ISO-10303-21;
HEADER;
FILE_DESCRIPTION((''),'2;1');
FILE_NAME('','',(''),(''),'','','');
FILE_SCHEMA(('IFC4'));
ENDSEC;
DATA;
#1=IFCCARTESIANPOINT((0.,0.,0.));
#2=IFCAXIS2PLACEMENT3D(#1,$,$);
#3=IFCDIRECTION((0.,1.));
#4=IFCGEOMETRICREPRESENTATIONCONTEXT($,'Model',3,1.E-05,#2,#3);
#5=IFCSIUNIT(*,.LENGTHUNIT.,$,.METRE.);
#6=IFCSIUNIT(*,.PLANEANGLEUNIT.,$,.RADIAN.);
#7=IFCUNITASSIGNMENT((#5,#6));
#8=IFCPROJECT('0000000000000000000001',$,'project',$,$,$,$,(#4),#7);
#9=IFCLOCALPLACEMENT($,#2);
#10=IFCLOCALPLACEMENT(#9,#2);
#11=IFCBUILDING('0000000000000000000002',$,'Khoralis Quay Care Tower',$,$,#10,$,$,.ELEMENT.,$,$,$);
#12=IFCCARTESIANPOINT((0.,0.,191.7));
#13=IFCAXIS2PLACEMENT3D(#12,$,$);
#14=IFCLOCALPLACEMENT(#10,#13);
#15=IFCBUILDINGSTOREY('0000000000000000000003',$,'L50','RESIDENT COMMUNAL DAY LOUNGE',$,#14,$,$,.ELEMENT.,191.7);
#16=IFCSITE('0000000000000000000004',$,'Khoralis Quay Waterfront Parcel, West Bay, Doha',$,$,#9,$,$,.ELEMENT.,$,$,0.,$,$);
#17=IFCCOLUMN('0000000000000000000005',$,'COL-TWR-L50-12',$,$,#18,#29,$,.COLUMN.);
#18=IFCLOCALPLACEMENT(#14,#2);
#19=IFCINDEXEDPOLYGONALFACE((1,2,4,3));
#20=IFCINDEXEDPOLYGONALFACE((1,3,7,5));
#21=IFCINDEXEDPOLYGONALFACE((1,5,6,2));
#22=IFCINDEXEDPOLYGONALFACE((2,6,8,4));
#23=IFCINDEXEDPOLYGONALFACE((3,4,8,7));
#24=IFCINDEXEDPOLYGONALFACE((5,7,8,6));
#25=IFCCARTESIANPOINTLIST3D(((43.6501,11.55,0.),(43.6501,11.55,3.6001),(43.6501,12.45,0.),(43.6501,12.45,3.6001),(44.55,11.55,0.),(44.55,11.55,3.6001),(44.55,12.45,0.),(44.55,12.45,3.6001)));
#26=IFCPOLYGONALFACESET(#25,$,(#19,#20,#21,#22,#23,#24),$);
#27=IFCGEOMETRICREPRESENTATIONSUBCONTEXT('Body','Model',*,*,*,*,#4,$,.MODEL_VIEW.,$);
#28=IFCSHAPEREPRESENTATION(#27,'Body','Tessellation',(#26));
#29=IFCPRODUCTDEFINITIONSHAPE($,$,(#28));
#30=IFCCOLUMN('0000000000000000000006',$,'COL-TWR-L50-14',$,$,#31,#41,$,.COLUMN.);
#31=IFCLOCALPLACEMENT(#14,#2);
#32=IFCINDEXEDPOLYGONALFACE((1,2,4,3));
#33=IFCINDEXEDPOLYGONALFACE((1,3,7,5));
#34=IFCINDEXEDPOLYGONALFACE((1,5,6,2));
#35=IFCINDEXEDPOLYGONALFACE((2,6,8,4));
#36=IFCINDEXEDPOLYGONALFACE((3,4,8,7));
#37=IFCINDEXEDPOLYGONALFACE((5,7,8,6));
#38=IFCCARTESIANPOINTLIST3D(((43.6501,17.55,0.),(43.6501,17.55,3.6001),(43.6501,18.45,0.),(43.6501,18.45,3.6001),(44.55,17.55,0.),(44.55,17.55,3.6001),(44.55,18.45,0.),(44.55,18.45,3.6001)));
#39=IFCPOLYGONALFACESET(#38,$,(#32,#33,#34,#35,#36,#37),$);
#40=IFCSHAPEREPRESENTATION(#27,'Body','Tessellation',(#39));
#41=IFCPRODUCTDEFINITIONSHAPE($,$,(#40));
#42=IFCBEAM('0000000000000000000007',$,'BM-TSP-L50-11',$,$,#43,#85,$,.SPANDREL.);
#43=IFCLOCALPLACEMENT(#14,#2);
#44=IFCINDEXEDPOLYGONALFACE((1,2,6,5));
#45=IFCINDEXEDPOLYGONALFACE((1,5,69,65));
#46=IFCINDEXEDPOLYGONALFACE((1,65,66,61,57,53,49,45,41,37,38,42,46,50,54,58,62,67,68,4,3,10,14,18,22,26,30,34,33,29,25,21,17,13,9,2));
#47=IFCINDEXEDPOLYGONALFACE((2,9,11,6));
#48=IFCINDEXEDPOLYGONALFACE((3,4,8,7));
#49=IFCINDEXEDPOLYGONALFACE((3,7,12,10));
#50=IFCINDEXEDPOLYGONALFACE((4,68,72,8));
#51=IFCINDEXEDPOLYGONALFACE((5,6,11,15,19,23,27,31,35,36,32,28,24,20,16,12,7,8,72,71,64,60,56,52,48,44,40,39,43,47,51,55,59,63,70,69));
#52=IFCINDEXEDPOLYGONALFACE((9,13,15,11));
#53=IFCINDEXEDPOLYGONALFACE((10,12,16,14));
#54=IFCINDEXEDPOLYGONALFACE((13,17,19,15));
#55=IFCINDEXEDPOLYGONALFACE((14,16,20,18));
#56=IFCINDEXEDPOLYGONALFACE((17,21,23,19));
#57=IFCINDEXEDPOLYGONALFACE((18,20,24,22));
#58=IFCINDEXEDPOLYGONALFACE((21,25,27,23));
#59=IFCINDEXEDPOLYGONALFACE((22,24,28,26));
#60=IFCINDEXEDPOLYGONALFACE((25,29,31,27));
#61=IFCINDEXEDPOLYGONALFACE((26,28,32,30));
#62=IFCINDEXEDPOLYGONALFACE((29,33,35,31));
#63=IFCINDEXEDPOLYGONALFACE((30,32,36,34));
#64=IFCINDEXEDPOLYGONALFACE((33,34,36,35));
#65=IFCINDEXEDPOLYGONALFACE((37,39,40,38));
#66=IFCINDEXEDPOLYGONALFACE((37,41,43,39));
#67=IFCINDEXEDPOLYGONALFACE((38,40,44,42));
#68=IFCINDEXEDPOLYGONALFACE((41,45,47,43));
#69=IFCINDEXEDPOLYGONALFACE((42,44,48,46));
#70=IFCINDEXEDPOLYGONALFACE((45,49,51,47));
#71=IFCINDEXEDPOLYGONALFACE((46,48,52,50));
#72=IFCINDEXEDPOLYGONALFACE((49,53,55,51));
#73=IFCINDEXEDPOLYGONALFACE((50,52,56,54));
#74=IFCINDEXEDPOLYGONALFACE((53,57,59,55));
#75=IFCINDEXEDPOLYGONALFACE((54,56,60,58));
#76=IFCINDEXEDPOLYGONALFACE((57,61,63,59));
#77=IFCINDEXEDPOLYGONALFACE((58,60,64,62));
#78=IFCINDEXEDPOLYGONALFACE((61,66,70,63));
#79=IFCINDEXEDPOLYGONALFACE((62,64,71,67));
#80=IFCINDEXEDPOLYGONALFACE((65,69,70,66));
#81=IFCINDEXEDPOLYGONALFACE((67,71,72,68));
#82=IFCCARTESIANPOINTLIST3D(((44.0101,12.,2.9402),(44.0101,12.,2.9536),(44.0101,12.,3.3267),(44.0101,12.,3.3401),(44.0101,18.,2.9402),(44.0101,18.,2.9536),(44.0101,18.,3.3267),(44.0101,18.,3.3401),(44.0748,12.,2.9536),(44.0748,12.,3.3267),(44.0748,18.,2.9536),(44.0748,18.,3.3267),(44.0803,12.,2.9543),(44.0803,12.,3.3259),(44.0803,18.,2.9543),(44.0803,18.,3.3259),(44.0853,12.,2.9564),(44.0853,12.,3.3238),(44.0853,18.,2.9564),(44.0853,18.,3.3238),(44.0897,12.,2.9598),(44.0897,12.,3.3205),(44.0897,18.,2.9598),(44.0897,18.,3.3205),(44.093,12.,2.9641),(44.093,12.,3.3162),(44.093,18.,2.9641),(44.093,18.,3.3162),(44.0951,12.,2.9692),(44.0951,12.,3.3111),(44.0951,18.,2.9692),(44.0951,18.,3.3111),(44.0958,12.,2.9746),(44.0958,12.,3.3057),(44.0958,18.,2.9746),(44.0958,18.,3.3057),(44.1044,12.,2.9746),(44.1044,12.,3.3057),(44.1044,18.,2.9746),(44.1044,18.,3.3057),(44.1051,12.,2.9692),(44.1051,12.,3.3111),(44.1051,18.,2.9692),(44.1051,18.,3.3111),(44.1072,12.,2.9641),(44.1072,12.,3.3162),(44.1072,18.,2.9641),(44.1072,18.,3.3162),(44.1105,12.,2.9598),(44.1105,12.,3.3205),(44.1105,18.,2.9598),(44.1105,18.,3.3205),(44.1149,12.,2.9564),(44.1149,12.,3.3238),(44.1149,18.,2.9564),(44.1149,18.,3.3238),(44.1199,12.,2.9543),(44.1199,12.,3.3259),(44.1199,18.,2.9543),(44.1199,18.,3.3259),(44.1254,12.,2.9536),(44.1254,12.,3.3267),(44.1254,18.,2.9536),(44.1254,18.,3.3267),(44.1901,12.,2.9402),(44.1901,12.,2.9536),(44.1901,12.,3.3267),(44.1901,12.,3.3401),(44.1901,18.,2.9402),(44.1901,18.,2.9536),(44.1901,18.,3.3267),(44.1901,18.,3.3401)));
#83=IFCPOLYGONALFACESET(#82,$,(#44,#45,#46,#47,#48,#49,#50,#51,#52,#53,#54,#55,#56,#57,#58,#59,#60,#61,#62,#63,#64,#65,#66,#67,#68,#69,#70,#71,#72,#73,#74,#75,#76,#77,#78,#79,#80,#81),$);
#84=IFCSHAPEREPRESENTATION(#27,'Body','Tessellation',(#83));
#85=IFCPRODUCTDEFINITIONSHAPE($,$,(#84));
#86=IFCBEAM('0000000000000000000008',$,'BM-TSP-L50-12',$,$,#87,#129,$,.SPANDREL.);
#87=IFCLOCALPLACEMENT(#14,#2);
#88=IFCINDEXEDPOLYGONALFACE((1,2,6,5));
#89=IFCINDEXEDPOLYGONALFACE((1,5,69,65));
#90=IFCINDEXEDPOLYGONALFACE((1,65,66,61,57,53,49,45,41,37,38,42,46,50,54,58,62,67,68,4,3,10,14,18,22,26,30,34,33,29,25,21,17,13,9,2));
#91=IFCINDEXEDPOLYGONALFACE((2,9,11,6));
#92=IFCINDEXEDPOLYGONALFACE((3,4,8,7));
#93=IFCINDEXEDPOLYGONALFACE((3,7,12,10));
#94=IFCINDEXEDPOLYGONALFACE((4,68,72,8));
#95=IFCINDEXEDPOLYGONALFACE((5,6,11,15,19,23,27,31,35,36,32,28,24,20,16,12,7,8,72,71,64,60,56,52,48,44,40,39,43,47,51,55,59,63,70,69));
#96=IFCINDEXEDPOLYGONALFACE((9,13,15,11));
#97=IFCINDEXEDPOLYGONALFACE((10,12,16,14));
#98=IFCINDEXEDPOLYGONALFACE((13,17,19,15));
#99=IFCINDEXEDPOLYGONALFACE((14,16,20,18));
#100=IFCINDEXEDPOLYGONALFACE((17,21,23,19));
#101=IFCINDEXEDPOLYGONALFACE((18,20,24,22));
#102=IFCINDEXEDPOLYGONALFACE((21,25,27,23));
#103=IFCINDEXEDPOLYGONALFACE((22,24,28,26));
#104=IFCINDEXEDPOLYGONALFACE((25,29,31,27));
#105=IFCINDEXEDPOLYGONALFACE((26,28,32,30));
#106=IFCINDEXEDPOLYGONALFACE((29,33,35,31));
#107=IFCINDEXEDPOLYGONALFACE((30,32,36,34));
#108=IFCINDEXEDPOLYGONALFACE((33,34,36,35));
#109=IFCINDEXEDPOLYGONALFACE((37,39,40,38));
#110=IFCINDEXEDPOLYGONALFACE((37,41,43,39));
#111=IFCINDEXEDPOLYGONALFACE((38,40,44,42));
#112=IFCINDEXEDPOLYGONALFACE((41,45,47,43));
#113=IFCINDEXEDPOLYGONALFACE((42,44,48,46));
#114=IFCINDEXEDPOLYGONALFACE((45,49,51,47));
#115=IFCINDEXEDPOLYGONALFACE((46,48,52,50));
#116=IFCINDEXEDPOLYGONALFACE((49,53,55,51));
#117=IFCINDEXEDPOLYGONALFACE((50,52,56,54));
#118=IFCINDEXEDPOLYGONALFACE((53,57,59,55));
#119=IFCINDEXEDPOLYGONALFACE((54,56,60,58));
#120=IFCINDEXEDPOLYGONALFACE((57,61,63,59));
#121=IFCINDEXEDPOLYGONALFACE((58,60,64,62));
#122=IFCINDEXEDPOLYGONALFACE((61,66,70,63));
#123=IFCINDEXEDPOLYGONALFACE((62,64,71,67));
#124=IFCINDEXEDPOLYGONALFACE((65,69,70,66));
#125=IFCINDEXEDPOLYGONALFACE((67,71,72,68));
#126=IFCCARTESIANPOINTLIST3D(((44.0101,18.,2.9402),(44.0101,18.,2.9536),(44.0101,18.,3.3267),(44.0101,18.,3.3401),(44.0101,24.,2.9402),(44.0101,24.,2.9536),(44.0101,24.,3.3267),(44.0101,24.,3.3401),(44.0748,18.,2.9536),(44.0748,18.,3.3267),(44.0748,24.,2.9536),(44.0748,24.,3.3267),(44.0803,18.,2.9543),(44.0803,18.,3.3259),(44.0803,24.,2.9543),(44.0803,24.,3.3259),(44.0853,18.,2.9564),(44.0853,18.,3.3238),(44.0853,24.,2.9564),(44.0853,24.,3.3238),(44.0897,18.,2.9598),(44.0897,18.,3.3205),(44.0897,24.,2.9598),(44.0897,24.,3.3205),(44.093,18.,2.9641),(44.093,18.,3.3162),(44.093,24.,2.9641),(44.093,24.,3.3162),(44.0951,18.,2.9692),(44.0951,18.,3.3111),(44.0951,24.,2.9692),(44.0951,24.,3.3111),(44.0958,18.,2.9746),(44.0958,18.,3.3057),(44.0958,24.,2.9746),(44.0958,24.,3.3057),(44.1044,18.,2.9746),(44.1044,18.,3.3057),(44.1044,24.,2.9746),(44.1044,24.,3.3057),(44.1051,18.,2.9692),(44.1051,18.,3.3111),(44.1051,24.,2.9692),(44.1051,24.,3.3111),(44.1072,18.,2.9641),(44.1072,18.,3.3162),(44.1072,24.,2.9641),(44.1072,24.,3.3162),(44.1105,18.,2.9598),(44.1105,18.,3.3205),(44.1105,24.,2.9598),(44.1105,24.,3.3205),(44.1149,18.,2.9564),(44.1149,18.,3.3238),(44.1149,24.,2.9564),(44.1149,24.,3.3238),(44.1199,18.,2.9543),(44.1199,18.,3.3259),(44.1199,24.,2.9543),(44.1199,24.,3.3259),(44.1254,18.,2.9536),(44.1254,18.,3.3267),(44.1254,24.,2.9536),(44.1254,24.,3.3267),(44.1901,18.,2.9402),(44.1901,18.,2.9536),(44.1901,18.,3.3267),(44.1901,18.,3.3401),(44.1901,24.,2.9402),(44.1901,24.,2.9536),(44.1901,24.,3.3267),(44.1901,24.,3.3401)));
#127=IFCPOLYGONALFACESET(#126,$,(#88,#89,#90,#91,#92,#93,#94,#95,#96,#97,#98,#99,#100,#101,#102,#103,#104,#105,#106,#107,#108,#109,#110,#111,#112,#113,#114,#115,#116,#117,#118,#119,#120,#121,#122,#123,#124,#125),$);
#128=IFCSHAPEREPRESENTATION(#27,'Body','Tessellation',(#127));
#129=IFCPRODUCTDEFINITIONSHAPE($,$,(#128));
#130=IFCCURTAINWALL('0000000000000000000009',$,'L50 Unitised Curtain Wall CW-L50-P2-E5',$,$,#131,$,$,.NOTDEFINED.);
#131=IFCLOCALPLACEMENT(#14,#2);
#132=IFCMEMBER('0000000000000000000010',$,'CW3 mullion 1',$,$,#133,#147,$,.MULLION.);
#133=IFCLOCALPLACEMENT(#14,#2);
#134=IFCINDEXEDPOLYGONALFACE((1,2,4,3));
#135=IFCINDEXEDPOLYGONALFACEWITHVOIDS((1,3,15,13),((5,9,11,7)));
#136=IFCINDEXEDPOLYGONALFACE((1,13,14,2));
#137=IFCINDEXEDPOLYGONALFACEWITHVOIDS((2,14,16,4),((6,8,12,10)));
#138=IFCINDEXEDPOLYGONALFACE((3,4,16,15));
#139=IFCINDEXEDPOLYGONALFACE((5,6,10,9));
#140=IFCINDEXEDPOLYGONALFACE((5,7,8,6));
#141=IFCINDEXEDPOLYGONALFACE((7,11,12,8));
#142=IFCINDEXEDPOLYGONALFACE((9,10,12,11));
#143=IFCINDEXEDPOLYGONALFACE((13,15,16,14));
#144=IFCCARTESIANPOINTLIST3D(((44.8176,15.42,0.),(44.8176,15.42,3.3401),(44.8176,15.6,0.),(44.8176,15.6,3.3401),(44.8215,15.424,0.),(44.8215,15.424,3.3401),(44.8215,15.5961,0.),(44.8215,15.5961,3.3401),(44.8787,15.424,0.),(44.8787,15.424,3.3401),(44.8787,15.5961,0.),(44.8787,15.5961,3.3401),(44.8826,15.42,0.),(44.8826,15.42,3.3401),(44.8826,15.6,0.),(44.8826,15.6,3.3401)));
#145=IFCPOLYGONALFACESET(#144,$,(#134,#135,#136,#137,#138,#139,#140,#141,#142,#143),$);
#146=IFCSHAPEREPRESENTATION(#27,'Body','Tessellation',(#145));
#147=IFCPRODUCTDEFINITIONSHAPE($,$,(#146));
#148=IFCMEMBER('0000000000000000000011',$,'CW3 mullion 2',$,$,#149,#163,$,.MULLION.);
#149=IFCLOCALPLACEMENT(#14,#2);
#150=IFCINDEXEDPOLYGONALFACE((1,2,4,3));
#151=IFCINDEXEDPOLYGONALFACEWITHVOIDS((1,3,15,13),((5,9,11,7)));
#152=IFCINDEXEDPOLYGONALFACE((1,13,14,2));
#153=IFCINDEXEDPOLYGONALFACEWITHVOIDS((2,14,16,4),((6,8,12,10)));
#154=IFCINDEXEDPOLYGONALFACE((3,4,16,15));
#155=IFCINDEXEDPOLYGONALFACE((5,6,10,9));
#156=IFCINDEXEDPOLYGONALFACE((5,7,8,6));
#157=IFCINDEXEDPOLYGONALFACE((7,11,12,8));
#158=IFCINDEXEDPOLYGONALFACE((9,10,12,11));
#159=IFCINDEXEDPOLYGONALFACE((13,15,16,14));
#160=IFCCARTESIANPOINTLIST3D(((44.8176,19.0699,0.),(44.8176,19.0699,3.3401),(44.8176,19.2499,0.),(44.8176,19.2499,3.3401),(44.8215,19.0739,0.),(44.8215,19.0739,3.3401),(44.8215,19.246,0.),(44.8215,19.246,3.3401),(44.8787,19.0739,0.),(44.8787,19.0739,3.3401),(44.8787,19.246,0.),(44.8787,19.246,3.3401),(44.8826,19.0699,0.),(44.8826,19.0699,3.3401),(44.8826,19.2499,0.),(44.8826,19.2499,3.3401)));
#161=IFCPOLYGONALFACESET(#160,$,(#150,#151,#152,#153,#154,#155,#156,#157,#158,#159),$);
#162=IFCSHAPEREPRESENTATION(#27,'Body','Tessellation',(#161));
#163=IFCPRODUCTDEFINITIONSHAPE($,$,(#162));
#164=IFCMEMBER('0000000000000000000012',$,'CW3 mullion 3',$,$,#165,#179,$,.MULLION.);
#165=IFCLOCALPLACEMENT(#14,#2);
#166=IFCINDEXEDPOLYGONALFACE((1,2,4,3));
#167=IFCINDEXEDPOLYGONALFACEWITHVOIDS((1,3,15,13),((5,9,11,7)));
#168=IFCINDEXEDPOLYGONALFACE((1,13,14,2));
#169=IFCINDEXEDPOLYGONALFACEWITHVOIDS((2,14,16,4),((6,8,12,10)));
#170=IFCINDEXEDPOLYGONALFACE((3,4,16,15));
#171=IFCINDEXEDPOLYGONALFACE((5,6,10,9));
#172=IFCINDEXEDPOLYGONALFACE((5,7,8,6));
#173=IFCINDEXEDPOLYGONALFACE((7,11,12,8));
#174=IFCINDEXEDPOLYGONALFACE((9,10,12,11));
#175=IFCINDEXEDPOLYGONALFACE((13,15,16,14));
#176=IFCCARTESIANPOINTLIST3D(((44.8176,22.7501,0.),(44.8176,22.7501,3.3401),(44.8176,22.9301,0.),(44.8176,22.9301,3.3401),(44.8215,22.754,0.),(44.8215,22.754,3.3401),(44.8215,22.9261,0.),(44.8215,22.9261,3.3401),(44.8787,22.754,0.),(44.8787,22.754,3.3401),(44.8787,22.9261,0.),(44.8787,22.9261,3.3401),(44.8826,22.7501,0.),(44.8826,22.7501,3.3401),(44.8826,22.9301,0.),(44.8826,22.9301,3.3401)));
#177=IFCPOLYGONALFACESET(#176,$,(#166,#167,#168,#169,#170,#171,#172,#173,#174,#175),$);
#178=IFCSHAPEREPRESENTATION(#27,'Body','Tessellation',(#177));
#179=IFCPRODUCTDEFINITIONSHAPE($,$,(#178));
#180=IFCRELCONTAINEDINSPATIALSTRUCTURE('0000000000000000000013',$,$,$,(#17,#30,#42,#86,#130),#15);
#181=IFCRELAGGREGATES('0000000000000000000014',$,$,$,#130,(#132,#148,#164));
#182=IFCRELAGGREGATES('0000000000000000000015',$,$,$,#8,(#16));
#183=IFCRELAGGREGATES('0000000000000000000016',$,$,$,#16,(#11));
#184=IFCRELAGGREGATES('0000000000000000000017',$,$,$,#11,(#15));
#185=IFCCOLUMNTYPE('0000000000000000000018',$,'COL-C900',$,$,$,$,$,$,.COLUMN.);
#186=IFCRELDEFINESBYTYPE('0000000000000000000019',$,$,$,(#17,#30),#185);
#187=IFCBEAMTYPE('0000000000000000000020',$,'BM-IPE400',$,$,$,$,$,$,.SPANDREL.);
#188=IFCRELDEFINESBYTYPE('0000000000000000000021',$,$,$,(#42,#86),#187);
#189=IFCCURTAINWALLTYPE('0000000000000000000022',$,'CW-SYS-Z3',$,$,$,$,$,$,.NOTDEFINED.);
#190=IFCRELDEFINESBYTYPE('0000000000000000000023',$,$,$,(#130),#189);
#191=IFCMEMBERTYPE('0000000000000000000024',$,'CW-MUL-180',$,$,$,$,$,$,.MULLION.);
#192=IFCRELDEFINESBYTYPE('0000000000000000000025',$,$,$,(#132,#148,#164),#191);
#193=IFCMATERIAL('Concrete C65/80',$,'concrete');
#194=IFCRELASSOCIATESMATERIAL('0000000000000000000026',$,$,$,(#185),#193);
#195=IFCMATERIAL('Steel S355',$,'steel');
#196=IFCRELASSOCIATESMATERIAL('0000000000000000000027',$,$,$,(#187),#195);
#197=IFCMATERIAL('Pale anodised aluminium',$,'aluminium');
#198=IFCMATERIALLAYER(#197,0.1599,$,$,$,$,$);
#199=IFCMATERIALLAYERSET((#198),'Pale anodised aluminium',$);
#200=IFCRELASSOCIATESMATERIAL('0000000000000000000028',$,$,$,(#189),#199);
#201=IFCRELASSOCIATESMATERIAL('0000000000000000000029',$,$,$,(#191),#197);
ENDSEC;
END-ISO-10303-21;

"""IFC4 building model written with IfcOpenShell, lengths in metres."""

from ifc_helpers import new_model, si_unit, direction, frame, origin, origin_2d, place, context, subcontext, project, spatial, rectangle, hollow_rectangle, i_section, extrude, source, transform, mapped, material, layer, layer_set, material_profile, profile_set, type_object, element, aggregate, save


model = new_model("IFC4")

# Units and contexts
model_context = context("Model", 3, precision=1e-05, world=origin(), true_north=direction((0.0, 1.0)))
body_context = subcontext(model_context, "Body", "Model", "MODEL_VIEW")
ifc_project = project(units=[si_unit("LENGTHUNIT", "METRE"), si_unit("PLANEANGLEUNIT", "RADIAN")], contexts=[model_context])

# Site, building, storey
site_placement = place(None, origin())
site = spatial("IfcSite", under=ifc_project, at=site_placement, Name="Khoralis Quay Waterfront Parcel, West Bay, Doha", CompositionType="ELEMENT", RefElevation=0.0)
building_placement = place(site_placement, origin())
building = spatial("IfcBuilding", under=site, at=building_placement, Name="Khoralis Quay Care Tower", CompositionType="ELEMENT")
storey_placement = place(building_placement, frame((0.0, 0.0, 191.7)))
storey = spatial("IfcBuildingStorey", under=building, at=storey_placement, Name="L50", Description="RESIDENT COMMUNAL DAY LOUNGE", CompositionType="ELEMENT", Elevation=191.7)

# Columns
ifc_material_1 = material(Name="Concrete C65/80", Category="concrete")
ifc_material_profile_1 = material_profile(ifc_material_1, rectangle(XDim=0.8999, YDim=0.8999, at=origin_2d()), Name="Concrete C65/80")
ifc_profile_set_1 = profile_set([ifc_material_profile_1], Name="Concrete C65/80")
column_type = type_object("IfcColumnType", Name="COL-C900", PredefinedType="COLUMN", material=ifc_profile_set_1)
shared_shape_1 = source(origin(), body_context, "Body", "SweptSolid", [
    extrude(rectangle(XDim=0.8999, YDim=0.8999, at=origin_2d()), origin(), (0.0, 0.0, 1.0), 3.6001),
])
for number, where, z_axis, x_axis, name in (
    (1, (44.1001, 12.0, 0.0), (0.0, 0.0, 1.0), (1.0, 0.0, 0.0), "COL-TWR-L50-12"),
    (2, (44.1001, 18.0, 0.0), (0.0, 0.0, 1.0), (1.0, 0.0, 0.0), "COL-TWR-L50-14"),
):
    element("IfcColumn", number, at=place(storey_placement, frame(where, z_axis=z_axis, x_axis=x_axis)), inside=storey, type_object=column_type, Name=name, PredefinedType="COLUMN", context=body_context, shape_type="MappedRepresentation", body=[
        mapped(shared_shape_1, transform((0.0, 0.0, 0.0), scale=1.0)),
    ])

# Beams
ifc_material_2 = material(Name="Steel S355", Category="steel")
ifc_material_profile_2 = material_profile(ifc_material_2, i_section(OverallWidth=0.1799, OverallDepth=0.3999, WebThickness=0.0085, FlangeThickness=0.0134, FilletRadius=0.021, at=origin_2d()), Name="Steel S355")
ifc_profile_set_2 = profile_set([ifc_material_profile_2], Name="Steel S355")
beam_type = type_object("IfcBeamType", Name="BM-IPE400", PredefinedType="SPANDREL", material=ifc_profile_set_2)
shared_shape_2 = source(origin(), body_context, "Body", "SweptSolid", [
    extrude(i_section(OverallWidth=0.1799, OverallDepth=0.3999, WebThickness=0.0085, FlangeThickness=0.0134, FilletRadius=0.021, at=origin_2d()), origin(), (0.0, 0.0, 1.0), 6.0),
])
for number, where, z_axis, x_axis, name in (
    (3, (44.1001, 12.0, 3.1401), (0.0, 1.0, 0.0), (-1.0, 0.0, 0.0), "BM-TSP-L50-11"),
    (4, (44.1001, 18.0, 3.1401), (0.0, 1.0, 0.0), (-1.0, 0.0, 0.0), "BM-TSP-L50-12"),
):
    element("IfcBeam", number, at=place(storey_placement, frame(where, z_axis=z_axis, x_axis=x_axis)), inside=storey, type_object=beam_type, Name=name, PredefinedType="SPANDREL", context=body_context, shape_type="MappedRepresentation", body=[
        mapped(shared_shape_2, transform((0.0, 0.0, 0.0), scale=1.0)),
    ])

# Curtain wall, members
ifc_material_3 = material(Name="Pale anodised aluminium", Category="aluminium")
ifc_layer_1 = layer(ifc_material_3, 0.1599)
ifc_layer_set_1 = layer_set([ifc_layer_1], Name="Pale anodised aluminium")
curtain_wall_type = type_object("IfcCurtainWallType", Name="CW-SYS-Z3", PredefinedType="NOTDEFINED", material=ifc_layer_set_1)
curtain_wall_placement = place(storey_placement, origin())
curtain_wall = element("IfcCurtainWall", 5, at=curtain_wall_placement, inside=storey, type_object=curtain_wall_type, Name="L50 Unitised Curtain Wall CW-L50-P2-E5", PredefinedType="NOTDEFINED")
ifc_material_profile_3 = material_profile(ifc_material_3, hollow_rectangle(XDim=0.0649, YDim=0.1799, WallThickness=0.0039, at=origin_2d()), Name="Pale anodised aluminium")
ifc_profile_set_3 = profile_set([ifc_material_profile_3], Name="Pale anodised aluminium")
member_type_1 = type_object("IfcMemberType", Name="CW-MUL-180", PredefinedType="MULLION", material=ifc_profile_set_3)
shared_shape_3 = source(origin(), body_context, "Body", "SweptSolid", [
    extrude(hollow_rectangle(XDim=0.0649, YDim=0.1799, WallThickness=0.0039, at=origin_2d()), origin(), (0.0, 0.0, 1.0), 3.3401),
])
member_1_placement = place(storey_placement, frame((44.8501, 15.51, 0.0), z_axis=(0.0, 0.0, 1.0), x_axis=(-1.0, 0.0, 0.0)))
member_1 = element("IfcMember", 6, at=member_1_placement, type_object=member_type_1, Name="CW3 mullion 1", PredefinedType="MULLION", context=body_context, shape_type="MappedRepresentation", body=[
    mapped(shared_shape_3, transform((0.0, 0.0, 0.0), scale=1.0)),
])
member_2_placement = place(storey_placement, frame((44.8501, 19.1599, 0.0), z_axis=(0.0, 0.0, 1.0), x_axis=(-1.0, 0.0, 0.0)))
member_2 = element("IfcMember", 7, at=member_2_placement, type_object=member_type_1, Name="CW3 mullion 2", PredefinedType="MULLION", context=body_context, shape_type="MappedRepresentation", body=[
    mapped(shared_shape_3, transform((0.0, 0.0, 0.0), scale=1.0)),
])
member_3_placement = place(storey_placement, frame((44.8501, 22.8401, 0.0), z_axis=(0.0, 0.0, 1.0), x_axis=(-1.0, 0.0, 0.0)))
member_3 = element("IfcMember", 8, at=member_3_placement, type_object=member_type_1, Name="CW3 mullion 3", PredefinedType="MULLION", context=body_context, shape_type="MappedRepresentation", body=[
    mapped(shared_shape_3, transform((0.0, 0.0, 0.0), scale=1.0)),
])
aggregate(curtain_wall, [member_1, member_2, member_3])

save(model, "model.ifc")
